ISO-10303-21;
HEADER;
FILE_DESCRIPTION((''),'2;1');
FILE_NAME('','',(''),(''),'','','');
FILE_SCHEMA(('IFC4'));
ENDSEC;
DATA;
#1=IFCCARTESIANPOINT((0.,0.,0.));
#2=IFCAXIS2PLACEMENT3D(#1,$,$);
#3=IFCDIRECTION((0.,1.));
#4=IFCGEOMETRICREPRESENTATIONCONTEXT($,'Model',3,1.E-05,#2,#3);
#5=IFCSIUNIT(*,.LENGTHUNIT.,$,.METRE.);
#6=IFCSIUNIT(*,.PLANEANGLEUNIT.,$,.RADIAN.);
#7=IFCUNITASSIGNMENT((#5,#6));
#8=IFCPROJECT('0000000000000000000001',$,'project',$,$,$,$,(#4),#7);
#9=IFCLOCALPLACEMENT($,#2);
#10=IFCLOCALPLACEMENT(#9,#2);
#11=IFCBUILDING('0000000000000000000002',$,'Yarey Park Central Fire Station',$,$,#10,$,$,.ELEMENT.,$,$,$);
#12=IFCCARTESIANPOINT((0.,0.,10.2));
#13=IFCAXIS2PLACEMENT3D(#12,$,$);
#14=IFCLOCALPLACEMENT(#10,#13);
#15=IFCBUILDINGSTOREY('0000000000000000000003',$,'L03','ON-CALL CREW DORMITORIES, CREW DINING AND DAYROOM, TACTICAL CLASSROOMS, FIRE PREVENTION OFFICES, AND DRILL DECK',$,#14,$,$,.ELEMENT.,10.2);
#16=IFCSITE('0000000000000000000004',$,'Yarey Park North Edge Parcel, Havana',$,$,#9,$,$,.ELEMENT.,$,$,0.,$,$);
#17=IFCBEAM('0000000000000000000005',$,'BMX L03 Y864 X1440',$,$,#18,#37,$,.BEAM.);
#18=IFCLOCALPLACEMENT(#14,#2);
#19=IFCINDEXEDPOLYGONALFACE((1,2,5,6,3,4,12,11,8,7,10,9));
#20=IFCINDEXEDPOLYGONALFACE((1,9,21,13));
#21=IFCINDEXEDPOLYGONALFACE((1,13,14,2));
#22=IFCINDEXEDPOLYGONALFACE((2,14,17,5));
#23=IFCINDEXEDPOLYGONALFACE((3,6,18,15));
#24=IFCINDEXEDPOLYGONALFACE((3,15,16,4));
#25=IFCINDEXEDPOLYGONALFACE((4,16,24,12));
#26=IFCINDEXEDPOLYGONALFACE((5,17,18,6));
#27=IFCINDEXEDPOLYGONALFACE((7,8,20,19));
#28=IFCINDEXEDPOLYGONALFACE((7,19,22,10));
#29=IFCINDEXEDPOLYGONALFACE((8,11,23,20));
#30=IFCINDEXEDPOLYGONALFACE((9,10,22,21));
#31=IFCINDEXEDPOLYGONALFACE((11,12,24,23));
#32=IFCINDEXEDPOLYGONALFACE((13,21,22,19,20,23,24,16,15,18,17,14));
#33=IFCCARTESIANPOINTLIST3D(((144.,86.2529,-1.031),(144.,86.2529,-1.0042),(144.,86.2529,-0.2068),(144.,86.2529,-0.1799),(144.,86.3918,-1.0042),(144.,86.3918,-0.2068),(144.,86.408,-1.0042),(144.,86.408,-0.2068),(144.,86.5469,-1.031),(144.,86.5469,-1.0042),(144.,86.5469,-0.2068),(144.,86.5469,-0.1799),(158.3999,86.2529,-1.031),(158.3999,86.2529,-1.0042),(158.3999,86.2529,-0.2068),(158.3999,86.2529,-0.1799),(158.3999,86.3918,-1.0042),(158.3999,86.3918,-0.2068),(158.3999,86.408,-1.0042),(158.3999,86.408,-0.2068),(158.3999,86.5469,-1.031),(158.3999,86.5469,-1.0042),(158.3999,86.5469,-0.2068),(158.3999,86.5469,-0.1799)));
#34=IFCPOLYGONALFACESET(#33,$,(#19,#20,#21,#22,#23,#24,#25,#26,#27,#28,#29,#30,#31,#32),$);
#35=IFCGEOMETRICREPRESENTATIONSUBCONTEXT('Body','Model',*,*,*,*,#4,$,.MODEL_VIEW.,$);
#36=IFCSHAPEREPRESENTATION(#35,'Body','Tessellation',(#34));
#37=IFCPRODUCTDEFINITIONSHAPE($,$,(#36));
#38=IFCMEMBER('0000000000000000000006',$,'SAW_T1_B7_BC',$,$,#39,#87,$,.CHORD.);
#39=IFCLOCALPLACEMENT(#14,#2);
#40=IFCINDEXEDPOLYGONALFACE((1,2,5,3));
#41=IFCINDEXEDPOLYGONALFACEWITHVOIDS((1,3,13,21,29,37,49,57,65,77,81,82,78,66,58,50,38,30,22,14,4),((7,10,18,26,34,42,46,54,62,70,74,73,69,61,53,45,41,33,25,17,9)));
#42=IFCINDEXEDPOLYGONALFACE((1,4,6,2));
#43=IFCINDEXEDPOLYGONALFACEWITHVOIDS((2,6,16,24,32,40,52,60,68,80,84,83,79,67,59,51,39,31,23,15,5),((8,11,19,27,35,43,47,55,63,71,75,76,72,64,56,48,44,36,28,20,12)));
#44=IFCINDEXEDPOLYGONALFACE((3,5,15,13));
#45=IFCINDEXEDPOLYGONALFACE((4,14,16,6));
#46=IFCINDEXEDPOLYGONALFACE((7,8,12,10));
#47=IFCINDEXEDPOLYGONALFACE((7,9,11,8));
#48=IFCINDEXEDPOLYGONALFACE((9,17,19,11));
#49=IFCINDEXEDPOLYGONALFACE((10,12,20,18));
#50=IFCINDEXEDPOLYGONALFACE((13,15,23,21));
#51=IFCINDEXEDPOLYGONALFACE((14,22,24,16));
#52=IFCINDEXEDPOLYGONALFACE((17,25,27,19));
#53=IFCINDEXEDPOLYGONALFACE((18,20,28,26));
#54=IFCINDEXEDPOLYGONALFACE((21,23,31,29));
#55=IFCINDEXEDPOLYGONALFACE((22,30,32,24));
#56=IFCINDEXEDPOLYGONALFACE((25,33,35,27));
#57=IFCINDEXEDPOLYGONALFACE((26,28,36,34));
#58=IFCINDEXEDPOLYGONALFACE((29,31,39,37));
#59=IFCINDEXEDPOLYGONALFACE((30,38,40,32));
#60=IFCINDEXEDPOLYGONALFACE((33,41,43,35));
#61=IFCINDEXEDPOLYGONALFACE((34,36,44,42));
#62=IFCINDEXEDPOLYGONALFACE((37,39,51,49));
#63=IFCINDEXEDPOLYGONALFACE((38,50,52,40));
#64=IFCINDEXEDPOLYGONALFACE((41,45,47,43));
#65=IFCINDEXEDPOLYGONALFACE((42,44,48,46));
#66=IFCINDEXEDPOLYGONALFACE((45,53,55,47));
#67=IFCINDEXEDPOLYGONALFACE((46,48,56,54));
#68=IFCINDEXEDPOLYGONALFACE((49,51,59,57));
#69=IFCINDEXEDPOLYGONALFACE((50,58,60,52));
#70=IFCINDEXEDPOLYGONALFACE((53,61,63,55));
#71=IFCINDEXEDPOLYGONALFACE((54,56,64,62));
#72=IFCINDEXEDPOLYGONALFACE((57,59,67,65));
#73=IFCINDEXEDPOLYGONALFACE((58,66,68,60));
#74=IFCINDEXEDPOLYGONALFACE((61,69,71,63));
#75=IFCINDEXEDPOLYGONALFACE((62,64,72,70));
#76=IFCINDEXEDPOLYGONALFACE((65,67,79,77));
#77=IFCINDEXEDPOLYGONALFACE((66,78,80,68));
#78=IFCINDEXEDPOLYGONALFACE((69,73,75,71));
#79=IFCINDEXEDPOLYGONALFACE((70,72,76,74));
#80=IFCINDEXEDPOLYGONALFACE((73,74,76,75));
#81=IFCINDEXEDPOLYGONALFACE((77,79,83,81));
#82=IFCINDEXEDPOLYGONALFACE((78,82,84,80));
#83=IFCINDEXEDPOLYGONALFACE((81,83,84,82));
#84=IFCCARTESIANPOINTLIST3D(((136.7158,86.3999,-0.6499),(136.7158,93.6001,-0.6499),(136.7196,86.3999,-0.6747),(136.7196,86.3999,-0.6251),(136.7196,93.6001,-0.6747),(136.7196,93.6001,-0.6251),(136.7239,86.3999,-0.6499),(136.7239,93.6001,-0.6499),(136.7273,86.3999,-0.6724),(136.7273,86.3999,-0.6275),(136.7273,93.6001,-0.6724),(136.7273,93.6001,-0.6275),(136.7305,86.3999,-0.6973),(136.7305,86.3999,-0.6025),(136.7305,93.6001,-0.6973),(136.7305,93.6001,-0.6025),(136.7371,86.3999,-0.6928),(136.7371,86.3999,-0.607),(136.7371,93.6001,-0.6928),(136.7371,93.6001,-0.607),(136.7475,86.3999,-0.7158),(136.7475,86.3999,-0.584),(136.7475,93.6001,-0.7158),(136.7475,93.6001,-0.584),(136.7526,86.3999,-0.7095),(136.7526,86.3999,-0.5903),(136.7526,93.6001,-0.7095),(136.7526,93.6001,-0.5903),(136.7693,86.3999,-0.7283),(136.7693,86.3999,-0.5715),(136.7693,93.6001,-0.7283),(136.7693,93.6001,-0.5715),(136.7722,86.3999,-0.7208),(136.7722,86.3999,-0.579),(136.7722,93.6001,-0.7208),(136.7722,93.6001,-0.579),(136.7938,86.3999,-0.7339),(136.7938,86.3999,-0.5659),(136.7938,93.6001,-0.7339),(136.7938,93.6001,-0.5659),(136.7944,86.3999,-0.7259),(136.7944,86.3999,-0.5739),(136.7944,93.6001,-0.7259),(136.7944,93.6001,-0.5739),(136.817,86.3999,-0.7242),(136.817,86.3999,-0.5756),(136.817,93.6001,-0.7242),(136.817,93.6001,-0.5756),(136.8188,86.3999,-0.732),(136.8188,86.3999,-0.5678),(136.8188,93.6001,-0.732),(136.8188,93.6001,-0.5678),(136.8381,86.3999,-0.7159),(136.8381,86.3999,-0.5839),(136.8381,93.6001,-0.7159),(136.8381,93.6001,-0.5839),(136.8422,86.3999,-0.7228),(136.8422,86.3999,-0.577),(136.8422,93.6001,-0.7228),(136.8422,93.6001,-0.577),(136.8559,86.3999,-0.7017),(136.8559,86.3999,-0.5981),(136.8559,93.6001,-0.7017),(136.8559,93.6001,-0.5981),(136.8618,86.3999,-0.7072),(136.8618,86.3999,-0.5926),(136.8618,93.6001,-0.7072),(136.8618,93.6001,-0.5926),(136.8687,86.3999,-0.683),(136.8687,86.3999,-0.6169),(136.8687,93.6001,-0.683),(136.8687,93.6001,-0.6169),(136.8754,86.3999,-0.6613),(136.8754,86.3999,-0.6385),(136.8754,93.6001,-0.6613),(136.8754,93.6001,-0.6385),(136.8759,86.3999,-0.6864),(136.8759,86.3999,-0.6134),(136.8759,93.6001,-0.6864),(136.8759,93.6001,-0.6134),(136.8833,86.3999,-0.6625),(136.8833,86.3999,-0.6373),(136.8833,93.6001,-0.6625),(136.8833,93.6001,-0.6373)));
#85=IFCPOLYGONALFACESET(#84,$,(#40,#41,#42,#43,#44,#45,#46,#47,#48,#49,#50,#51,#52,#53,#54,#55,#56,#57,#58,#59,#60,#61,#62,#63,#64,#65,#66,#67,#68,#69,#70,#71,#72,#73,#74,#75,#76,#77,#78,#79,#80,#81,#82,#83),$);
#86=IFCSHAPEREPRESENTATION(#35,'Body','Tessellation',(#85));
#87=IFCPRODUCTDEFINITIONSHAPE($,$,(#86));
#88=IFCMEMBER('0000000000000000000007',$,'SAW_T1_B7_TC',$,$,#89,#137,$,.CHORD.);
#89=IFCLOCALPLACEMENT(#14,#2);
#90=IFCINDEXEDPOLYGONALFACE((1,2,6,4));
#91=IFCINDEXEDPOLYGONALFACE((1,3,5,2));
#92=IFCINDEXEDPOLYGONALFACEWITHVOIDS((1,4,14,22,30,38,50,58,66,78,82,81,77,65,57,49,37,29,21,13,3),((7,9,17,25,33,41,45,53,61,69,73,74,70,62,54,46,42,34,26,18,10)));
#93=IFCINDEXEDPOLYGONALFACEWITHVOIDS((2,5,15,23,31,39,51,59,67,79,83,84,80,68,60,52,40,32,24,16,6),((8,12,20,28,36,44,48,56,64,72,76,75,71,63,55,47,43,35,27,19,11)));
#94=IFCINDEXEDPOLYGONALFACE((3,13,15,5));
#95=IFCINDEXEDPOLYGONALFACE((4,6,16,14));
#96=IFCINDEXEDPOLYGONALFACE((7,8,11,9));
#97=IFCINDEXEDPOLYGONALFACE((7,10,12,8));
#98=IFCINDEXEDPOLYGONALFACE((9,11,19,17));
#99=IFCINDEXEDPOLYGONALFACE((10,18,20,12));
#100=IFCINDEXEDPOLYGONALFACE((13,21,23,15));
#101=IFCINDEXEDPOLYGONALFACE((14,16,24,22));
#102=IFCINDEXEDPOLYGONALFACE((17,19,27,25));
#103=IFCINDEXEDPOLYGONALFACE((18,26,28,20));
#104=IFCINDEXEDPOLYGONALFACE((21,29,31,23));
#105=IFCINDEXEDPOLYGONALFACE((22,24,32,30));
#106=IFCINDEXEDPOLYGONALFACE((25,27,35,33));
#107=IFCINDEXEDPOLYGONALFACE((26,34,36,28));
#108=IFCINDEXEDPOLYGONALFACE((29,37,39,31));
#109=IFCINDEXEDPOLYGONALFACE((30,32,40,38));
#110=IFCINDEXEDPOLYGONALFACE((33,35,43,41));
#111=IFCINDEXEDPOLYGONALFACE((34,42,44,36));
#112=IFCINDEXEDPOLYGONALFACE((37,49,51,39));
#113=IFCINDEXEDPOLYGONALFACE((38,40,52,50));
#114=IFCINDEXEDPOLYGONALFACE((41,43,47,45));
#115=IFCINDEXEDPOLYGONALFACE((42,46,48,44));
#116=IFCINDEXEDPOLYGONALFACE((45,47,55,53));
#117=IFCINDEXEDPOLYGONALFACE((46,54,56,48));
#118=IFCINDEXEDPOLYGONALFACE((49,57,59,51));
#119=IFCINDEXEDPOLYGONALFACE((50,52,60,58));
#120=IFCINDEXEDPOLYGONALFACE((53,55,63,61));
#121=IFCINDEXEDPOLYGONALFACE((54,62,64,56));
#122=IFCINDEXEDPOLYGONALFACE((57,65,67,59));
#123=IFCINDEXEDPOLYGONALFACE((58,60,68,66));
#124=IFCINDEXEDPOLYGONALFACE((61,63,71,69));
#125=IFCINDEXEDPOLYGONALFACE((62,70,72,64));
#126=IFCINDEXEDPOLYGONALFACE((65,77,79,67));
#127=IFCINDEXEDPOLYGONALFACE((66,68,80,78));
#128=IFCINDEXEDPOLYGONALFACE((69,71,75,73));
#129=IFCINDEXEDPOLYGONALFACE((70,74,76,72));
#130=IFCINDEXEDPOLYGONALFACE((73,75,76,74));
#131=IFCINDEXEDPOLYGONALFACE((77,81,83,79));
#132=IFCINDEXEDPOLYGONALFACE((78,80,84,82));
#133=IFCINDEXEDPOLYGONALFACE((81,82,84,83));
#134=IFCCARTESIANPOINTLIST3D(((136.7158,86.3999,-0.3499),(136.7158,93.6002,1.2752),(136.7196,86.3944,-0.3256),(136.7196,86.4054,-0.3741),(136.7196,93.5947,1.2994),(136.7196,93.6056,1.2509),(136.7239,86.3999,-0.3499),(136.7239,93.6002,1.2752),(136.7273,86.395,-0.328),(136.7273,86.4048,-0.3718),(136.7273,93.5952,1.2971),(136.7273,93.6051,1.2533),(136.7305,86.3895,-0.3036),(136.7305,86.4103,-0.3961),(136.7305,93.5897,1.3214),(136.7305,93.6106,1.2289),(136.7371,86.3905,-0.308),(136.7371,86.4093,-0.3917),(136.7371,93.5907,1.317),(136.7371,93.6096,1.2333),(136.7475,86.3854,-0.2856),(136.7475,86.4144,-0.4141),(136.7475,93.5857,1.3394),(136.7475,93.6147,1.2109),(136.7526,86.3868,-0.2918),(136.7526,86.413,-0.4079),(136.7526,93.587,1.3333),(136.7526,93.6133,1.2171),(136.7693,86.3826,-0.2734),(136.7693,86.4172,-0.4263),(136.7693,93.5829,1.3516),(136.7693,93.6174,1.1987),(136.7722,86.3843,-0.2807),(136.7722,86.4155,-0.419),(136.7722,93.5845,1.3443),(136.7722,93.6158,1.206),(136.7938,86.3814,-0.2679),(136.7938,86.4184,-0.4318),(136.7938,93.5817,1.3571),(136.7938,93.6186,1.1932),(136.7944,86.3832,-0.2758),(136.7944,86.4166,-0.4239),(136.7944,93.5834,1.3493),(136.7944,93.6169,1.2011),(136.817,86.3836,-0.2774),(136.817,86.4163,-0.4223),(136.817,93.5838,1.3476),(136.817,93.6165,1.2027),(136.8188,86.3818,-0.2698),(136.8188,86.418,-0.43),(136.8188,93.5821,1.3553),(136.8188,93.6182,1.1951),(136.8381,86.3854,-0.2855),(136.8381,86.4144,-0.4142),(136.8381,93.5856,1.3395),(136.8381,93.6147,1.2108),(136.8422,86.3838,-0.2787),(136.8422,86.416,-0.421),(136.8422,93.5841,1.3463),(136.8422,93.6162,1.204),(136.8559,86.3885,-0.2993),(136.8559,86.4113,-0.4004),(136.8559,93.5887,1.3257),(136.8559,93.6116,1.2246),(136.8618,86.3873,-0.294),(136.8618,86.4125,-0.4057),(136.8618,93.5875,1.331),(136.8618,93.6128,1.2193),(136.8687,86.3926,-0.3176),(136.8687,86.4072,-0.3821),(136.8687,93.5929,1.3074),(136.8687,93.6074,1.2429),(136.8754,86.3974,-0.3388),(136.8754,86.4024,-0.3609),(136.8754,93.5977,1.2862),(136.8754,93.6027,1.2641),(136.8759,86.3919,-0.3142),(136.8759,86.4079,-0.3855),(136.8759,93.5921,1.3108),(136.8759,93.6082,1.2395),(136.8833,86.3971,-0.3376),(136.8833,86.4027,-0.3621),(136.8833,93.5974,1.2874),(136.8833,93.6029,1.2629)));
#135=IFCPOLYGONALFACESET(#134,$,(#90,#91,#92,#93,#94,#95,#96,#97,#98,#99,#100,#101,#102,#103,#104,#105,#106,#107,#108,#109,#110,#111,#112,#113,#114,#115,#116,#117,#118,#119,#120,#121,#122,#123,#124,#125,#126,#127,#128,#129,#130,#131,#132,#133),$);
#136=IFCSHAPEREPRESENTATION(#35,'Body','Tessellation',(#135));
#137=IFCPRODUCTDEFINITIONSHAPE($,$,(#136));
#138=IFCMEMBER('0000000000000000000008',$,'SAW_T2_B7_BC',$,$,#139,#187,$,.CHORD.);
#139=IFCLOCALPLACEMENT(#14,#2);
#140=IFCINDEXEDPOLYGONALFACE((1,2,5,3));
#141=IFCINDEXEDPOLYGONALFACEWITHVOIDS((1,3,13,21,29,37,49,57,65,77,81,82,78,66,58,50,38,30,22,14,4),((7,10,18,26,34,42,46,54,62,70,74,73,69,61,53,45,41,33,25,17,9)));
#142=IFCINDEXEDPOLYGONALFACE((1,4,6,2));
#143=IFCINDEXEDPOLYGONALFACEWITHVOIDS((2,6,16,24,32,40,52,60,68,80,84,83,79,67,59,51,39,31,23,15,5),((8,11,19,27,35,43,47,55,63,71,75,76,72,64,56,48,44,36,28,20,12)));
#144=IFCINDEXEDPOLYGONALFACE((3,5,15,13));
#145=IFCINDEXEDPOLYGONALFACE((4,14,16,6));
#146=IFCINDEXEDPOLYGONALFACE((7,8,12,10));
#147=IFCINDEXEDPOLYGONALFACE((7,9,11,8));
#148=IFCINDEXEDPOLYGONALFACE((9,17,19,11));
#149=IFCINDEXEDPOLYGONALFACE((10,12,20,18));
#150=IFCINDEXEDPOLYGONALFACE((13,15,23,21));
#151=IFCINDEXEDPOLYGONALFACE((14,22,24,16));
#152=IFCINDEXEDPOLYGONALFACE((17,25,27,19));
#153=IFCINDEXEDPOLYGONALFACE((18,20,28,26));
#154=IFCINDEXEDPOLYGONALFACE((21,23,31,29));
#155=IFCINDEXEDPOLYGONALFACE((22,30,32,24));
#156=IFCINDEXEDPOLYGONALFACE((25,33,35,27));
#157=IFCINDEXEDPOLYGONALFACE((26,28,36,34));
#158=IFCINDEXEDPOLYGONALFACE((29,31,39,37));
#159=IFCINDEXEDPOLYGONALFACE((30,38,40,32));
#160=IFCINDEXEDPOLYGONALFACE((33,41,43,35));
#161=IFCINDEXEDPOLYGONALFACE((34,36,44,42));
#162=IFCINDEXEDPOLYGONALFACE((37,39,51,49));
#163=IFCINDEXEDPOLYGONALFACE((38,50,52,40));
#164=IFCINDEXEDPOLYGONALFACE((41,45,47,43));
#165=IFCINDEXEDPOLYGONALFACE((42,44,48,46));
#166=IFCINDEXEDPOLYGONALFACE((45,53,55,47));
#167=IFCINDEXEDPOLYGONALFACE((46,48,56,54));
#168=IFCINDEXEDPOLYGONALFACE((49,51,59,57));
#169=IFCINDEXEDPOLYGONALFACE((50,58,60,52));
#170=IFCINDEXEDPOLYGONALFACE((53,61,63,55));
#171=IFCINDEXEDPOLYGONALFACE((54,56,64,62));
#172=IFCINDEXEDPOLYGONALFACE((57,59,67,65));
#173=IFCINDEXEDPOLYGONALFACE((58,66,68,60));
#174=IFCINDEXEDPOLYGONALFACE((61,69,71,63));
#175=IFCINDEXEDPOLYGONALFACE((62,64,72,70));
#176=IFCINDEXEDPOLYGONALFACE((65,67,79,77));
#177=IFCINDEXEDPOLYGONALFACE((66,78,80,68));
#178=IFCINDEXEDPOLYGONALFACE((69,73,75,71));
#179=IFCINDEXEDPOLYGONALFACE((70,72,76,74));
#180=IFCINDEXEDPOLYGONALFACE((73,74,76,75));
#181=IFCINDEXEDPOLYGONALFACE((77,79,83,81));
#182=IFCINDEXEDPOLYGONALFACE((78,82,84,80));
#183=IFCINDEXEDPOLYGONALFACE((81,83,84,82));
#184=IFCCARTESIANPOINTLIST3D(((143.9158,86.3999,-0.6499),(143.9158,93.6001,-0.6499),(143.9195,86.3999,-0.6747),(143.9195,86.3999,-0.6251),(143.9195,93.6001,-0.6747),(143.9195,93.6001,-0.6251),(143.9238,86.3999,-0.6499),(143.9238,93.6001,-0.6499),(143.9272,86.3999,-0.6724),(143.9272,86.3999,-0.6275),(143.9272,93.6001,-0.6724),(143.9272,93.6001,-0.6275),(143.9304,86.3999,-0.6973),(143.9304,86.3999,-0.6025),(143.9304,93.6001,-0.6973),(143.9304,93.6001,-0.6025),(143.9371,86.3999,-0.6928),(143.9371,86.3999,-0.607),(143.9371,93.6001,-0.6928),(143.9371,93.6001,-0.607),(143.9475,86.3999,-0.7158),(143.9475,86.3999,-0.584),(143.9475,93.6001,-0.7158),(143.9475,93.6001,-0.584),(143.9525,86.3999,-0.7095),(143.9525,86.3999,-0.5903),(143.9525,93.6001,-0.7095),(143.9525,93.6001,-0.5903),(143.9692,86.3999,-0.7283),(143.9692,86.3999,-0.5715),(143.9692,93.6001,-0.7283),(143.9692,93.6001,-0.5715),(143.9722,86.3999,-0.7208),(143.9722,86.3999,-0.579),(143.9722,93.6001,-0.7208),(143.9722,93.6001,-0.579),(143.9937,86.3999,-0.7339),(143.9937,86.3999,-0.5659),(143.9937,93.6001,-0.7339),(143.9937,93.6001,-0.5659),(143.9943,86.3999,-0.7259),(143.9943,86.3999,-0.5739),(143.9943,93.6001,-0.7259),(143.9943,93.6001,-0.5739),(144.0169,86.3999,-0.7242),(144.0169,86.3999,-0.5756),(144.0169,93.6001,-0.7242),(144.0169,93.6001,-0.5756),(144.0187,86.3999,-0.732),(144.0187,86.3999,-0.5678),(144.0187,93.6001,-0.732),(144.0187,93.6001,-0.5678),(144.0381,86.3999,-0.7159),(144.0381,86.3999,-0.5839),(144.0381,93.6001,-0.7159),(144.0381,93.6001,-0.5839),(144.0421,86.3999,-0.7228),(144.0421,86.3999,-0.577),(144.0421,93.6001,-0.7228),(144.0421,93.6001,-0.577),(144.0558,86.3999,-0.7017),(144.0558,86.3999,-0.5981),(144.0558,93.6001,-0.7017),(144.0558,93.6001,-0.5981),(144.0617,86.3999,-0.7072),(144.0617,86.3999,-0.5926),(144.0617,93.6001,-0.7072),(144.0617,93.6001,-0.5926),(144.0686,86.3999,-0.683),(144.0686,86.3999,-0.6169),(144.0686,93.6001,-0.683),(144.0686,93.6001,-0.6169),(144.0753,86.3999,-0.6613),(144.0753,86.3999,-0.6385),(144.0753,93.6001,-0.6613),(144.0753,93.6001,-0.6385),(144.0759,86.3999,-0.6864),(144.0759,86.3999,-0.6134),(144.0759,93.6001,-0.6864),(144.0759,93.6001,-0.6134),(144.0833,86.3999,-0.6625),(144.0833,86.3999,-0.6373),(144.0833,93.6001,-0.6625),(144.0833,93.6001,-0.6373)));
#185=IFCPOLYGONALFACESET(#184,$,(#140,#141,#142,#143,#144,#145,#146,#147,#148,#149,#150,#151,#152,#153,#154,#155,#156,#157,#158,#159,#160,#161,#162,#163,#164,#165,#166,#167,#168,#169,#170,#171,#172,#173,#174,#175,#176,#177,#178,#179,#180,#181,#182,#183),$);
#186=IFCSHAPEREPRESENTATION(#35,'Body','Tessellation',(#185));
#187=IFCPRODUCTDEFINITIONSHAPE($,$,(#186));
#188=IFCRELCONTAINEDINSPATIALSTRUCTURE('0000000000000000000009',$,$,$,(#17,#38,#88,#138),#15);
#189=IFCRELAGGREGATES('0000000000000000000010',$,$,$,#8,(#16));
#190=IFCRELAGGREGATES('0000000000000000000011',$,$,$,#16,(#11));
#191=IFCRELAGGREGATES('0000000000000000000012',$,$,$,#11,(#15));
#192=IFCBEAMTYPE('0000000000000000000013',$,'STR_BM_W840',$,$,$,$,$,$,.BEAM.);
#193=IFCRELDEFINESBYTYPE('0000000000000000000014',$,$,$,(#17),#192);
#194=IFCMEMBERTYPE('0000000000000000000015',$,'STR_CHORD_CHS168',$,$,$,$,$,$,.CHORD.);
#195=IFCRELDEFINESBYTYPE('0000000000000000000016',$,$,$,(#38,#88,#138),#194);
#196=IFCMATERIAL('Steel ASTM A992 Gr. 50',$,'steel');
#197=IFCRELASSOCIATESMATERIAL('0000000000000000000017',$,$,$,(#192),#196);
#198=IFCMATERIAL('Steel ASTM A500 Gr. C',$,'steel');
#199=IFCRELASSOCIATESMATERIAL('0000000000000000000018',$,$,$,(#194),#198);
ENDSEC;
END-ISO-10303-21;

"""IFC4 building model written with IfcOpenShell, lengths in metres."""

from ifc_helpers import new_model, si_unit, direction, frame, origin, origin_2d, place, context, subcontext, project, spatial, hollow_circle, i_section, extrude, material, material_profile, profile_set, type_object, element, save


model = new_model("IFC4")

# Units and contexts
model_context = context("Model", 3, precision=1e-05, world=origin(), true_north=direction((0.0, 1.0)))
body_context = subcontext(model_context, "Body", "Model", "MODEL_VIEW")
ifc_project = project(units=[si_unit("LENGTHUNIT", "METRE"), si_unit("PLANEANGLEUNIT", "RADIAN")], contexts=[model_context])

# Site, building, storey
site_placement = place(None, origin())
site = spatial("IfcSite", under=ifc_project, at=site_placement, Name="Yarey Park North Edge Parcel, Havana", CompositionType="ELEMENT", RefElevation=0.0)
building_placement = place(site_placement, origin())
building = spatial("IfcBuilding", under=site, at=building_placement, Name="Yarey Park Central Fire Station", CompositionType="ELEMENT")
storey_placement = place(building_placement, frame((0.0, 0.0, 10.2)))
storey = spatial("IfcBuildingStorey", under=building, at=storey_placement, Name="L03", Description="ON-CALL CREW DORMITORIES, CREW DINING AND DAYROOM, TACTICAL CLASSROOMS, FIRE PREVENTION OFFICES, AND DRILL DECK", CompositionType="ELEMENT", Elevation=10.2)

# Beam
ifc_material_1 = material(Name="Steel ASTM A992 Gr. 50", Category="steel")
ifc_material_profile_1 = material_profile(ifc_material_1, i_section(OverallWidth=0.2939, OverallDepth=0.8511, WebThickness=0.0161, FlangeThickness=0.0269, at=origin_2d()), Name="W840x226")
ifc_profile_set_1 = profile_set([ifc_material_profile_1], Name="Steel ASTM A992 Gr. 50")
beam_type_1 = type_object("IfcBeamType", Name="STR_BM_W840", PredefinedType="BEAM", material=ifc_profile_set_1)
beam_1_placement = place(storey_placement, frame((144.0, 86.3999, -0.6055), z_axis=(1.0, 0.0, 0.0), x_axis=(0.0, 1.0, 0.0)))
element("IfcBeam", 1, at=beam_1_placement, inside=storey, type_object=beam_type_1, Name="BMX L03 Y864 X1440", PredefinedType="BEAM", context=body_context, shape_type="SweptSolid", body=[
    extrude(i_section(OverallWidth=0.2939, OverallDepth=0.8511, WebThickness=0.0161, FlangeThickness=0.0269, at=origin_2d()), origin(), (0.0, 0.0, 1.0), 14.3999),
])

# Members
ifc_material_2 = material(Name="Steel ASTM A500 Gr. C", Category="steel")
ifc_material_profile_2 = material_profile(ifc_material_2, hollow_circle(Radius=0.0842, WallThickness=0.0081, at=origin_2d()), Name="CHS 168.3x8")
ifc_profile_set_2 = profile_set([ifc_material_profile_2], Name="Steel ASTM A500 Gr. C")
member_type_1 = type_object("IfcMemberType", Name="STR_CHORD_CHS168", PredefinedType="CHORD", material=ifc_profile_set_2)
member_1_placement = place(storey_placement, frame((136.8, 86.3999, -0.6499), z_axis=(0.0, 1.0, 0.0), x_axis=(-1.0, 0.0, 0.0)))
element("IfcMember", 2, at=member_1_placement, inside=storey, type_object=member_type_1, Name="SAW_T1_B7_BC", PredefinedType="CHORD", context=body_context, shape_type="SweptSolid", body=[
    extrude(hollow_circle(Radius=0.0842, WallThickness=0.0081, at=origin_2d()), origin(), (0.0, 0.0, 1.0), 7.2002),
])
member_2_placement = place(storey_placement, frame((136.8, 86.3999, -0.3499), z_axis=(0.0, 0.975466, 0.220151), x_axis=(-1.0, 0.0, 0.0)))
element("IfcMember", 3, at=member_2_placement, inside=storey, type_object=member_type_1, Name="SAW_T1_B7_TC", PredefinedType="CHORD", context=body_context, shape_type="SweptSolid", body=[
    extrude(hollow_circle(Radius=0.0842, WallThickness=0.0081, at=origin_2d()), origin(), (0.0, 0.0, 1.0), 7.3813),
])
member_3_placement = place(storey_placement, frame((144.0, 86.3999, -0.6499), z_axis=(0.0, 1.0, 0.0), x_axis=(-1.0, 0.0, 0.0)))
element("IfcMember", 4, at=member_3_placement, inside=storey, type_object=member_type_1, Name="SAW_T2_B7_BC", PredefinedType="CHORD", context=body_context, shape_type="SweptSolid", body=[
    extrude(hollow_circle(Radius=0.0842, WallThickness=0.0081, at=origin_2d()), origin(), (0.0, 0.0, 1.0), 7.2002),
])

save(model, "model.ifc")
